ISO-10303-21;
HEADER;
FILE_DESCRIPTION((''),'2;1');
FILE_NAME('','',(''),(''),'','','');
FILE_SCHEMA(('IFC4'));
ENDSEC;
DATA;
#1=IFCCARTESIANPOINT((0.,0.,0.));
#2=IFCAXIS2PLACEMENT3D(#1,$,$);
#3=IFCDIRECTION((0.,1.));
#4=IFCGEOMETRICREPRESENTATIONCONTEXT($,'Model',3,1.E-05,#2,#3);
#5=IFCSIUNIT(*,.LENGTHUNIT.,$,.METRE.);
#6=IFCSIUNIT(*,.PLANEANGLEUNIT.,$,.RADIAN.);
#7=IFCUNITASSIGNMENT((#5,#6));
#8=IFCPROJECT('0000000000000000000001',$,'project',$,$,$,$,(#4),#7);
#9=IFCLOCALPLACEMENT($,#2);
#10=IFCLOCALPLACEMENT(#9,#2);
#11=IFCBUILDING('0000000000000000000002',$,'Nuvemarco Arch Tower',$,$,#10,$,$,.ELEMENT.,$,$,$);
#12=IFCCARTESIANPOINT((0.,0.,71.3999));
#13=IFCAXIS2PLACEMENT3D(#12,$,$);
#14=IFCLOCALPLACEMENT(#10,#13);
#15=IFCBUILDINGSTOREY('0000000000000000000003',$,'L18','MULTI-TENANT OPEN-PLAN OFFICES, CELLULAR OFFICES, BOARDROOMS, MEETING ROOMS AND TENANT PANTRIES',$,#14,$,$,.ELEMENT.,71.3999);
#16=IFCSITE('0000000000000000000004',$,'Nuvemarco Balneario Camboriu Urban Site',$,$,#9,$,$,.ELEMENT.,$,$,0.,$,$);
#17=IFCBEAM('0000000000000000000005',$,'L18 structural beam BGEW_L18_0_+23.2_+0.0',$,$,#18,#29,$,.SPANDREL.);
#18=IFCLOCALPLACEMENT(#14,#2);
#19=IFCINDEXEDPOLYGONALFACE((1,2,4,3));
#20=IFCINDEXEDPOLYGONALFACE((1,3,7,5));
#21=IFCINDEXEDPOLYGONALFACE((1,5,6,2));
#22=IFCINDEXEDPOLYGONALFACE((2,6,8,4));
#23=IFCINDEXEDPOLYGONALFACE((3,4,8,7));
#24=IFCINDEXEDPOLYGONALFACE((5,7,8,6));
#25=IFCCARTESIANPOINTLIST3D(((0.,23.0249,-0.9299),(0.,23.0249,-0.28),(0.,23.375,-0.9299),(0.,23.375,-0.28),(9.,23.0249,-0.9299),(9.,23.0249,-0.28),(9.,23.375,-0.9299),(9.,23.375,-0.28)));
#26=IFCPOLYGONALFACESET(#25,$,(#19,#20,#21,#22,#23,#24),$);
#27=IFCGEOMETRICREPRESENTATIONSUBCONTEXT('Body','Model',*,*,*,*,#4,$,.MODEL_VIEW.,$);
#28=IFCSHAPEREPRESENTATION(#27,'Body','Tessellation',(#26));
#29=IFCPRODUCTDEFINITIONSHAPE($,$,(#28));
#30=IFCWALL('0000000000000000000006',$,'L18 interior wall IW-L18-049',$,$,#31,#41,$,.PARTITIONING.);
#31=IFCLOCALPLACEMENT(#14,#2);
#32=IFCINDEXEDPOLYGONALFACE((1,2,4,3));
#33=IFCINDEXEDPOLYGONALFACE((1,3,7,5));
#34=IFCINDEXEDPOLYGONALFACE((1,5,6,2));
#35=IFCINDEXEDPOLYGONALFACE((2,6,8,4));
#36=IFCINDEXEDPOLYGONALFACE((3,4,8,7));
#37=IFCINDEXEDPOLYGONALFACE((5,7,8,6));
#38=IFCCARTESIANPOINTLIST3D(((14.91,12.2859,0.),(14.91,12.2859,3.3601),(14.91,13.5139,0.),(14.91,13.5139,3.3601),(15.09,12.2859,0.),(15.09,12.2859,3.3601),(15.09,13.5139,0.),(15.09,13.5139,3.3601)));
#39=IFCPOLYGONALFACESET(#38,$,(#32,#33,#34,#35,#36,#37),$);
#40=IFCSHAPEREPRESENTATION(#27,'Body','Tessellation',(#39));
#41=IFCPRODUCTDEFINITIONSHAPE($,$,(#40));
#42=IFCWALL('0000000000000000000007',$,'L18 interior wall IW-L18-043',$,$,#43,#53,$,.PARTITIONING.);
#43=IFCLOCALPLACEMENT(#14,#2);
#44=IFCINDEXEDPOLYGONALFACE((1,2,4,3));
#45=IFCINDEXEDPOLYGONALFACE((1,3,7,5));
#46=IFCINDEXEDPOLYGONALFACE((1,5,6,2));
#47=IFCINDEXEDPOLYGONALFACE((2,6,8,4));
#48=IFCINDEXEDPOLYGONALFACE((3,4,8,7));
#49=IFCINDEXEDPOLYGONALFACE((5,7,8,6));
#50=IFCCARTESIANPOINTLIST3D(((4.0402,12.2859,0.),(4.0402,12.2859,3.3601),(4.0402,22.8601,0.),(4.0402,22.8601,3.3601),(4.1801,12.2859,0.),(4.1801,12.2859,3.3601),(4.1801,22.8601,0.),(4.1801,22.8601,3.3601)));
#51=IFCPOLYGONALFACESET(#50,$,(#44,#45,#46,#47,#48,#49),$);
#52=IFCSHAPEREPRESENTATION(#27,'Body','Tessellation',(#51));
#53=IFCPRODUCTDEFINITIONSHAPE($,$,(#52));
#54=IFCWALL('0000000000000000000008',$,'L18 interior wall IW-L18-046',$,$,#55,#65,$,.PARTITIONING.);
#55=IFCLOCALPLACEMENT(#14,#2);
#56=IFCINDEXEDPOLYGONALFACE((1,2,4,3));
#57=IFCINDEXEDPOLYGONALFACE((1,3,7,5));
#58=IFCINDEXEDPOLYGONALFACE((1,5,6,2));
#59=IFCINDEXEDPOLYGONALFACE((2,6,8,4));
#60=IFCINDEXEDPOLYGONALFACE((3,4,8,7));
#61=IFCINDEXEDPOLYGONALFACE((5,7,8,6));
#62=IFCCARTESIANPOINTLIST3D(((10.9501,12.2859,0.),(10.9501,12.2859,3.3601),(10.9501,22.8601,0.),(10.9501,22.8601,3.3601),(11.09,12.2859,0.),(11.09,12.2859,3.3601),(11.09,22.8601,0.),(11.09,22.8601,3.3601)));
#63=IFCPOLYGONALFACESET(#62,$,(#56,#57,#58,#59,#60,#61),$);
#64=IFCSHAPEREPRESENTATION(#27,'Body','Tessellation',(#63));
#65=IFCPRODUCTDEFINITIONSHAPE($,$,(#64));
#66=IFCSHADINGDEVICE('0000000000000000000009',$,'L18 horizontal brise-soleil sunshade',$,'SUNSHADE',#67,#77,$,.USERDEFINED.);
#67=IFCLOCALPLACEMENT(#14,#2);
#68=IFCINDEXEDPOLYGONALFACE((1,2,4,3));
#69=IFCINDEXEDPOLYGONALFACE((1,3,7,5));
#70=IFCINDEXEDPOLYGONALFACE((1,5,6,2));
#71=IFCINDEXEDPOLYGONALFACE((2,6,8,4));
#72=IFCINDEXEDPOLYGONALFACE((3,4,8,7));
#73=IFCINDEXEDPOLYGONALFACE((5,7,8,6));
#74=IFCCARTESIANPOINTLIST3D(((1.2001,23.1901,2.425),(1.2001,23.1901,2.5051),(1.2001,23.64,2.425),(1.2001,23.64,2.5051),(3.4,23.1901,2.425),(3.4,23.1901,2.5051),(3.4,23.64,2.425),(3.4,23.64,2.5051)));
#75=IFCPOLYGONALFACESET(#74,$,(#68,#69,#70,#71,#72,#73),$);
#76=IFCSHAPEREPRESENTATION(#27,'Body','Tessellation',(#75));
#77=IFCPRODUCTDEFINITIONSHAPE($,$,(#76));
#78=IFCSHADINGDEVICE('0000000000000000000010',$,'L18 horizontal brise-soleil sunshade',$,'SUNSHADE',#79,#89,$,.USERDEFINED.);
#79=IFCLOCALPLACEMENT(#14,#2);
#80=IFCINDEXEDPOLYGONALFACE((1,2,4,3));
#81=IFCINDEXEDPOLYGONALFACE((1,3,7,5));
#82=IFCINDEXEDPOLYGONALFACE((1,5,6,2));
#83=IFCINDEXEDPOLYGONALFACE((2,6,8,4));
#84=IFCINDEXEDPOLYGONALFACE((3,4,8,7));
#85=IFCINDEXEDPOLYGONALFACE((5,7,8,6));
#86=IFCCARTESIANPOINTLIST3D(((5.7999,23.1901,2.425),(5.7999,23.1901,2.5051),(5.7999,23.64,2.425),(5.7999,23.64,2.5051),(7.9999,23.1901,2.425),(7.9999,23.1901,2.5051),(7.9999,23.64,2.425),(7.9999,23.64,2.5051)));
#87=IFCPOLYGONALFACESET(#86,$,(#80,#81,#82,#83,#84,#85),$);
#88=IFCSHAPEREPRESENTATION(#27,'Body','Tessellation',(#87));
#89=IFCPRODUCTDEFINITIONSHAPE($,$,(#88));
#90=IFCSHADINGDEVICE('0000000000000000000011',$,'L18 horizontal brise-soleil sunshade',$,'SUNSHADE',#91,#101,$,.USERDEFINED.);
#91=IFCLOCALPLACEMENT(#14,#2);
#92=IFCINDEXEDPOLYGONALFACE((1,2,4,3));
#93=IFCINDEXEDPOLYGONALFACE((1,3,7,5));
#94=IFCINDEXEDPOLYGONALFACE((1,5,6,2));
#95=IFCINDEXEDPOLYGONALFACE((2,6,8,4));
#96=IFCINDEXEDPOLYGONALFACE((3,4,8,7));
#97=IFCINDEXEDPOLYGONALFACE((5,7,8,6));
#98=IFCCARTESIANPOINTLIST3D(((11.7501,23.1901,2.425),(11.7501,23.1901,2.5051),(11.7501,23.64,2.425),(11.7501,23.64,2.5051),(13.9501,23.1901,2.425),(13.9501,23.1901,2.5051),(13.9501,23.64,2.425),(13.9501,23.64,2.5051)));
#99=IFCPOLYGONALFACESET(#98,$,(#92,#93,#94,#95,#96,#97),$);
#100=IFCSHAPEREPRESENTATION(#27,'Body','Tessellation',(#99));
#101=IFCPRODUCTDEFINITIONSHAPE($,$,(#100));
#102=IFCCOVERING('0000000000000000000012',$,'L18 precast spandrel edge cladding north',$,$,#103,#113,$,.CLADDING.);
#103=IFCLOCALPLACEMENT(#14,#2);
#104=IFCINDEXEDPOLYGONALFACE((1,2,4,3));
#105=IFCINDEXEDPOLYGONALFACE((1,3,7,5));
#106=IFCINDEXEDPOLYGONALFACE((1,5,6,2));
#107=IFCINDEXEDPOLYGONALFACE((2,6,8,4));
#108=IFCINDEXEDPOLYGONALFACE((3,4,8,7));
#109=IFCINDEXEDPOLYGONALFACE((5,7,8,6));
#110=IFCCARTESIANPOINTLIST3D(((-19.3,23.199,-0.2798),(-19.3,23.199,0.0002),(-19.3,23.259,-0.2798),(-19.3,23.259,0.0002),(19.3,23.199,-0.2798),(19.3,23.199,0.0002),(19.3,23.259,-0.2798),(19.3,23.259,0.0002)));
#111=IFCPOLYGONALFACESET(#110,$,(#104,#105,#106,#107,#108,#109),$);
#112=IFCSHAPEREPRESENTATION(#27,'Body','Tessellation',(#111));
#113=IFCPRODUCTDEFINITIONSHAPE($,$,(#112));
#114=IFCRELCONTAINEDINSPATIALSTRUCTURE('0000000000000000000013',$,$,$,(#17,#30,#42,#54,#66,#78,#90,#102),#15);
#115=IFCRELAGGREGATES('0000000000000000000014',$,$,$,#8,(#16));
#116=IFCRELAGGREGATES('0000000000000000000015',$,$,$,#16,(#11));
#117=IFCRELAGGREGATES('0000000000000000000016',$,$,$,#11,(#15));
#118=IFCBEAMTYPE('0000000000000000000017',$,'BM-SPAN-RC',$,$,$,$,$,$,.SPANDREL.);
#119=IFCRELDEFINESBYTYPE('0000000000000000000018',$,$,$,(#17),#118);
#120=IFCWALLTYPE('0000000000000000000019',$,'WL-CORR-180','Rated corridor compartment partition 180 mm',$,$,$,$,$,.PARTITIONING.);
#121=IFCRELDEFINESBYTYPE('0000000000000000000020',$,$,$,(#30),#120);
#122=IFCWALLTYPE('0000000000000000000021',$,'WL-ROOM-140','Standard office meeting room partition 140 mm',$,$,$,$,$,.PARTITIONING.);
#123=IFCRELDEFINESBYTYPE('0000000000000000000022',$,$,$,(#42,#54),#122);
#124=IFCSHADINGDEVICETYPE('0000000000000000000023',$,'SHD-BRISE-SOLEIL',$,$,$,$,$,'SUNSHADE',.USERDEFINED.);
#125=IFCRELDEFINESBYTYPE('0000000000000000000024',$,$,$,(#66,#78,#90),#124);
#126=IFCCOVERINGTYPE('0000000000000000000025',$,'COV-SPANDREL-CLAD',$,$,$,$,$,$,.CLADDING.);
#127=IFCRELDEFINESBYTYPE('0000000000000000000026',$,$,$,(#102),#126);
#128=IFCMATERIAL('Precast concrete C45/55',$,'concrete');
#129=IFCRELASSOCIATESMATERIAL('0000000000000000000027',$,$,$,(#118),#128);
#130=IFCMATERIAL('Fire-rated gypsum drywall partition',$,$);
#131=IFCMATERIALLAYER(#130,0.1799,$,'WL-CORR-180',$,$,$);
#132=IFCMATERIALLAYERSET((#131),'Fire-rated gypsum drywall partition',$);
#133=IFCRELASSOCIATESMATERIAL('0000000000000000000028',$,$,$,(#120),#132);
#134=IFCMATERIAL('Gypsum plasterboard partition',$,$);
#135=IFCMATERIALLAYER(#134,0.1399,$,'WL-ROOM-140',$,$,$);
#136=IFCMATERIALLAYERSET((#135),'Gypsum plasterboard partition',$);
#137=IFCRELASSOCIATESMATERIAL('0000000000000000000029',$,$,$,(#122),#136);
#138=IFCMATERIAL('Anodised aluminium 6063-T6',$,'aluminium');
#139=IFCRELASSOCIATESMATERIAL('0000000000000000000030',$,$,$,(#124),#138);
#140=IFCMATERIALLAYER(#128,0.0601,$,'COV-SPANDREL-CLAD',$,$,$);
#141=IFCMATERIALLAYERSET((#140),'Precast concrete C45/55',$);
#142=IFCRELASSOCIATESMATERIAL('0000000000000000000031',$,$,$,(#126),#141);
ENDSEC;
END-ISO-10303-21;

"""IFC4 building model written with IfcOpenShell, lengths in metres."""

from ifc_helpers import new_model, si_unit, direction, frame, frame_2d, origin, origin_2d, place, context, subcontext, project, spatial, rectangle, extrude, source, transform, mapped, material, layer, layer_set, material_profile, profile_set, type_object, type_shapes, element, save


model = new_model("IFC4")

# Units and contexts
model_context = context("Model", 3, precision=1e-05, world=origin(), true_north=direction((0.0, 1.0)))
body_context = subcontext(model_context, "Body", "Model", "MODEL_VIEW")
ifc_project = project(units=[si_unit("LENGTHUNIT", "METRE"), si_unit("PLANEANGLEUNIT", "RADIAN")], contexts=[model_context])

# Site, building, storey
site_placement = place(None, origin())
site = spatial("IfcSite", under=ifc_project, at=site_placement, Name="Nuvemarco Balneario Camboriu Urban Site", CompositionType="ELEMENT", RefElevation=0.0)
building_placement = place(site_placement, origin())
building = spatial("IfcBuilding", under=site, at=building_placement, Name="Nuvemarco Arch Tower", CompositionType="ELEMENT")
storey_placement = place(building_placement, frame((0.0, 0.0, 71.3999)))
storey = spatial("IfcBuildingStorey", under=building, at=storey_placement, Name="L18", Description="MULTI-TENANT OPEN-PLAN OFFICES, CELLULAR OFFICES, BOARDROOMS, MEETING ROOMS AND TENANT PANTRIES", CompositionType="ELEMENT", Elevation=71.3999)

# Beam
ifc_material_1 = material(Name="Precast concrete C45/55", Category="concrete")
ifc_material_profile_1 = material_profile(ifc_material_1, rectangle(XDim=0.3501, YDim=0.6499, at=origin_2d()), Name="PC-SP-350x650")
ifc_profile_set_1 = profile_set([ifc_material_profile_1], Name="Precast concrete C45/55")
beam_type_1 = type_object("IfcBeamType", Name="BM-SPAN-RC", PredefinedType="SPANDREL", material=ifc_profile_set_1)
beam_1_placement = place(storey_placement, frame((0.0, 23.2, -0.605), z_axis=(1.0, 0.0, 0.0), x_axis=(0.0, 1.0, 0.0)))
element("IfcBeam", 1, at=beam_1_placement, inside=storey, type_object=beam_type_1, Name="L18 structural beam BGEW_L18_0_+23.2_+0.0", PredefinedType="SPANDREL", context=body_context, shape_type="SweptSolid", body=[
    extrude(rectangle(XDim=0.3501, YDim=0.6499, at=origin_2d()), origin(), (0.0, 0.0, 1.0), 9.0),
])

# Walls
ifc_material_2 = material(Name="Fire-rated gypsum drywall partition")
ifc_layer_1 = layer(ifc_material_2, 0.1799, Name="WL-CORR-180")
ifc_layer_set_1 = layer_set([ifc_layer_1], Name="Fire-rated gypsum drywall partition")
wall_type_1 = type_object("IfcWallType", Name="WL-CORR-180", Description="Rated corridor compartment partition 180 mm", PredefinedType="PARTITIONING", material=ifc_layer_set_1)
wall_placement = place(storey_placement, frame((15.0, 12.2859, 0.0), z_axis=(0.0, 0.0, 1.0), x_axis=(0.0, 1.0, 0.0)))
element("IfcWall", 2, at=wall_placement, inside=storey, type_object=wall_type_1, Name="L18 interior wall IW-L18-049", PredefinedType="PARTITIONING", context=body_context, shape_type="SweptSolid", body=[
    extrude(rectangle(XDim=1.228, YDim=0.1799, at=frame_2d((0.614, 0.0))), origin(), (0.0, 0.0, 1.0), 3.3601),
])
ifc_material_3 = material(Name="Gypsum plasterboard partition")
ifc_layer_2 = layer(ifc_material_3, 0.1399, Name="WL-ROOM-140")
ifc_layer_set_2 = layer_set([ifc_layer_2], Name="Gypsum plasterboard partition")
wall_type_2 = type_object("IfcWallType", Name="WL-ROOM-140", Description="Standard office meeting room partition 140 mm", PredefinedType="PARTITIONING", material=ifc_layer_set_2)
for number, where, z_axis, x_axis, name in (
    (3, (4.1101, 12.2859, 0.0), (0.0, 0.0, 1.0), (0.0, 1.0, 0.0), "L18 interior wall IW-L18-043"),
    (4, (11.02, 12.2859, 0.0), (0.0, 0.0, 1.0), (0.0, 1.0, 0.0), "L18 interior wall IW-L18-046"),
):
    element("IfcWall", number, at=place(storey_placement, frame(where, z_axis=z_axis, x_axis=x_axis)), inside=storey, type_object=wall_type_2, Name=name, PredefinedType="PARTITIONING", context=body_context, shape_type="SweptSolid", body=[
        extrude(rectangle(XDim=10.5742, YDim=0.1399, at=frame_2d((5.2871, 0.0))), origin(), (0.0, 0.0, 1.0), 3.3601),
    ])

# Shading devices
ifc_material_4 = material(Name="Anodised aluminium 6063-T6", Category="aluminium")
shading_device_type = type_object("IfcShadingDeviceType", Name="SHD-BRISE-SOLEIL", ElementType="SUNSHADE", PredefinedType="USERDEFINED", material=ifc_material_4)
shared_shape_1 = source(origin(), body_context, "Body", "SweptSolid", [
    extrude(rectangle(XDim=2.2, YDim=0.45, at=origin_2d()), origin(), (0.0, 0.0, 1.0), 0.0801),
])
type_shapes(shading_device_type, [shared_shape_1])
for number, where, z_axis, x_axis, name in (
    (5, (2.3, 23.415, 2.425), (0.0, 0.0, 1.0), (1.0, 0.0, 0.0), "L18 horizontal brise-soleil sunshade"),
    (6, (6.8999, 23.415, 2.425), (0.0, 0.0, 1.0), (1.0, 0.0, 0.0), "L18 horizontal brise-soleil sunshade"),
    (7, (12.8501, 23.415, 2.425), (0.0, 0.0, 1.0), (1.0, 0.0, 0.0), "L18 horizontal brise-soleil sunshade"),
):
    element("IfcShadingDevice", number, at=place(storey_placement, frame(where, z_axis=z_axis, x_axis=x_axis)), inside=storey, type_object=shading_device_type, Name=name, ObjectType="SUNSHADE", PredefinedType="USERDEFINED", context=body_context, shape_type="MappedRepresentation", body=[
        mapped(shared_shape_1, transform((0.0, 0.0, 0.0), scale=1.0)),
    ])

# Covering
ifc_layer_3 = layer(ifc_material_1, 0.0601, Name="COV-SPANDREL-CLAD")
ifc_layer_set_3 = layer_set([ifc_layer_3], Name="Precast concrete C45/55")
covering_type = type_object("IfcCoveringType", Name="COV-SPANDREL-CLAD", PredefinedType="CLADDING", material=ifc_layer_set_3)
shared_shape_2 = source(origin(), body_context, "Body", "SweptSolid", [
    extrude(rectangle(XDim=38.6001, YDim=0.0601, at=origin_2d()), origin(), (0.0, 0.0, 1.0), 0.28),
])
type_shapes(covering_type, [shared_shape_2])
covering_placement = place(storey_placement, frame((0.0, 23.229, -0.2798), z_axis=(0.0, 0.0, 1.0), x_axis=(1.0, 0.0, 0.0)))
element("IfcCovering", 8, at=covering_placement, inside=storey, type_object=covering_type, Name="L18 precast spandrel edge cladding north", PredefinedType="CLADDING", context=body_context, shape_type="MappedRepresentation", body=[
    mapped(shared_shape_2, transform((0.0, 0.0, 0.0), scale=1.0)),
])

save(model, "model.ifc")
